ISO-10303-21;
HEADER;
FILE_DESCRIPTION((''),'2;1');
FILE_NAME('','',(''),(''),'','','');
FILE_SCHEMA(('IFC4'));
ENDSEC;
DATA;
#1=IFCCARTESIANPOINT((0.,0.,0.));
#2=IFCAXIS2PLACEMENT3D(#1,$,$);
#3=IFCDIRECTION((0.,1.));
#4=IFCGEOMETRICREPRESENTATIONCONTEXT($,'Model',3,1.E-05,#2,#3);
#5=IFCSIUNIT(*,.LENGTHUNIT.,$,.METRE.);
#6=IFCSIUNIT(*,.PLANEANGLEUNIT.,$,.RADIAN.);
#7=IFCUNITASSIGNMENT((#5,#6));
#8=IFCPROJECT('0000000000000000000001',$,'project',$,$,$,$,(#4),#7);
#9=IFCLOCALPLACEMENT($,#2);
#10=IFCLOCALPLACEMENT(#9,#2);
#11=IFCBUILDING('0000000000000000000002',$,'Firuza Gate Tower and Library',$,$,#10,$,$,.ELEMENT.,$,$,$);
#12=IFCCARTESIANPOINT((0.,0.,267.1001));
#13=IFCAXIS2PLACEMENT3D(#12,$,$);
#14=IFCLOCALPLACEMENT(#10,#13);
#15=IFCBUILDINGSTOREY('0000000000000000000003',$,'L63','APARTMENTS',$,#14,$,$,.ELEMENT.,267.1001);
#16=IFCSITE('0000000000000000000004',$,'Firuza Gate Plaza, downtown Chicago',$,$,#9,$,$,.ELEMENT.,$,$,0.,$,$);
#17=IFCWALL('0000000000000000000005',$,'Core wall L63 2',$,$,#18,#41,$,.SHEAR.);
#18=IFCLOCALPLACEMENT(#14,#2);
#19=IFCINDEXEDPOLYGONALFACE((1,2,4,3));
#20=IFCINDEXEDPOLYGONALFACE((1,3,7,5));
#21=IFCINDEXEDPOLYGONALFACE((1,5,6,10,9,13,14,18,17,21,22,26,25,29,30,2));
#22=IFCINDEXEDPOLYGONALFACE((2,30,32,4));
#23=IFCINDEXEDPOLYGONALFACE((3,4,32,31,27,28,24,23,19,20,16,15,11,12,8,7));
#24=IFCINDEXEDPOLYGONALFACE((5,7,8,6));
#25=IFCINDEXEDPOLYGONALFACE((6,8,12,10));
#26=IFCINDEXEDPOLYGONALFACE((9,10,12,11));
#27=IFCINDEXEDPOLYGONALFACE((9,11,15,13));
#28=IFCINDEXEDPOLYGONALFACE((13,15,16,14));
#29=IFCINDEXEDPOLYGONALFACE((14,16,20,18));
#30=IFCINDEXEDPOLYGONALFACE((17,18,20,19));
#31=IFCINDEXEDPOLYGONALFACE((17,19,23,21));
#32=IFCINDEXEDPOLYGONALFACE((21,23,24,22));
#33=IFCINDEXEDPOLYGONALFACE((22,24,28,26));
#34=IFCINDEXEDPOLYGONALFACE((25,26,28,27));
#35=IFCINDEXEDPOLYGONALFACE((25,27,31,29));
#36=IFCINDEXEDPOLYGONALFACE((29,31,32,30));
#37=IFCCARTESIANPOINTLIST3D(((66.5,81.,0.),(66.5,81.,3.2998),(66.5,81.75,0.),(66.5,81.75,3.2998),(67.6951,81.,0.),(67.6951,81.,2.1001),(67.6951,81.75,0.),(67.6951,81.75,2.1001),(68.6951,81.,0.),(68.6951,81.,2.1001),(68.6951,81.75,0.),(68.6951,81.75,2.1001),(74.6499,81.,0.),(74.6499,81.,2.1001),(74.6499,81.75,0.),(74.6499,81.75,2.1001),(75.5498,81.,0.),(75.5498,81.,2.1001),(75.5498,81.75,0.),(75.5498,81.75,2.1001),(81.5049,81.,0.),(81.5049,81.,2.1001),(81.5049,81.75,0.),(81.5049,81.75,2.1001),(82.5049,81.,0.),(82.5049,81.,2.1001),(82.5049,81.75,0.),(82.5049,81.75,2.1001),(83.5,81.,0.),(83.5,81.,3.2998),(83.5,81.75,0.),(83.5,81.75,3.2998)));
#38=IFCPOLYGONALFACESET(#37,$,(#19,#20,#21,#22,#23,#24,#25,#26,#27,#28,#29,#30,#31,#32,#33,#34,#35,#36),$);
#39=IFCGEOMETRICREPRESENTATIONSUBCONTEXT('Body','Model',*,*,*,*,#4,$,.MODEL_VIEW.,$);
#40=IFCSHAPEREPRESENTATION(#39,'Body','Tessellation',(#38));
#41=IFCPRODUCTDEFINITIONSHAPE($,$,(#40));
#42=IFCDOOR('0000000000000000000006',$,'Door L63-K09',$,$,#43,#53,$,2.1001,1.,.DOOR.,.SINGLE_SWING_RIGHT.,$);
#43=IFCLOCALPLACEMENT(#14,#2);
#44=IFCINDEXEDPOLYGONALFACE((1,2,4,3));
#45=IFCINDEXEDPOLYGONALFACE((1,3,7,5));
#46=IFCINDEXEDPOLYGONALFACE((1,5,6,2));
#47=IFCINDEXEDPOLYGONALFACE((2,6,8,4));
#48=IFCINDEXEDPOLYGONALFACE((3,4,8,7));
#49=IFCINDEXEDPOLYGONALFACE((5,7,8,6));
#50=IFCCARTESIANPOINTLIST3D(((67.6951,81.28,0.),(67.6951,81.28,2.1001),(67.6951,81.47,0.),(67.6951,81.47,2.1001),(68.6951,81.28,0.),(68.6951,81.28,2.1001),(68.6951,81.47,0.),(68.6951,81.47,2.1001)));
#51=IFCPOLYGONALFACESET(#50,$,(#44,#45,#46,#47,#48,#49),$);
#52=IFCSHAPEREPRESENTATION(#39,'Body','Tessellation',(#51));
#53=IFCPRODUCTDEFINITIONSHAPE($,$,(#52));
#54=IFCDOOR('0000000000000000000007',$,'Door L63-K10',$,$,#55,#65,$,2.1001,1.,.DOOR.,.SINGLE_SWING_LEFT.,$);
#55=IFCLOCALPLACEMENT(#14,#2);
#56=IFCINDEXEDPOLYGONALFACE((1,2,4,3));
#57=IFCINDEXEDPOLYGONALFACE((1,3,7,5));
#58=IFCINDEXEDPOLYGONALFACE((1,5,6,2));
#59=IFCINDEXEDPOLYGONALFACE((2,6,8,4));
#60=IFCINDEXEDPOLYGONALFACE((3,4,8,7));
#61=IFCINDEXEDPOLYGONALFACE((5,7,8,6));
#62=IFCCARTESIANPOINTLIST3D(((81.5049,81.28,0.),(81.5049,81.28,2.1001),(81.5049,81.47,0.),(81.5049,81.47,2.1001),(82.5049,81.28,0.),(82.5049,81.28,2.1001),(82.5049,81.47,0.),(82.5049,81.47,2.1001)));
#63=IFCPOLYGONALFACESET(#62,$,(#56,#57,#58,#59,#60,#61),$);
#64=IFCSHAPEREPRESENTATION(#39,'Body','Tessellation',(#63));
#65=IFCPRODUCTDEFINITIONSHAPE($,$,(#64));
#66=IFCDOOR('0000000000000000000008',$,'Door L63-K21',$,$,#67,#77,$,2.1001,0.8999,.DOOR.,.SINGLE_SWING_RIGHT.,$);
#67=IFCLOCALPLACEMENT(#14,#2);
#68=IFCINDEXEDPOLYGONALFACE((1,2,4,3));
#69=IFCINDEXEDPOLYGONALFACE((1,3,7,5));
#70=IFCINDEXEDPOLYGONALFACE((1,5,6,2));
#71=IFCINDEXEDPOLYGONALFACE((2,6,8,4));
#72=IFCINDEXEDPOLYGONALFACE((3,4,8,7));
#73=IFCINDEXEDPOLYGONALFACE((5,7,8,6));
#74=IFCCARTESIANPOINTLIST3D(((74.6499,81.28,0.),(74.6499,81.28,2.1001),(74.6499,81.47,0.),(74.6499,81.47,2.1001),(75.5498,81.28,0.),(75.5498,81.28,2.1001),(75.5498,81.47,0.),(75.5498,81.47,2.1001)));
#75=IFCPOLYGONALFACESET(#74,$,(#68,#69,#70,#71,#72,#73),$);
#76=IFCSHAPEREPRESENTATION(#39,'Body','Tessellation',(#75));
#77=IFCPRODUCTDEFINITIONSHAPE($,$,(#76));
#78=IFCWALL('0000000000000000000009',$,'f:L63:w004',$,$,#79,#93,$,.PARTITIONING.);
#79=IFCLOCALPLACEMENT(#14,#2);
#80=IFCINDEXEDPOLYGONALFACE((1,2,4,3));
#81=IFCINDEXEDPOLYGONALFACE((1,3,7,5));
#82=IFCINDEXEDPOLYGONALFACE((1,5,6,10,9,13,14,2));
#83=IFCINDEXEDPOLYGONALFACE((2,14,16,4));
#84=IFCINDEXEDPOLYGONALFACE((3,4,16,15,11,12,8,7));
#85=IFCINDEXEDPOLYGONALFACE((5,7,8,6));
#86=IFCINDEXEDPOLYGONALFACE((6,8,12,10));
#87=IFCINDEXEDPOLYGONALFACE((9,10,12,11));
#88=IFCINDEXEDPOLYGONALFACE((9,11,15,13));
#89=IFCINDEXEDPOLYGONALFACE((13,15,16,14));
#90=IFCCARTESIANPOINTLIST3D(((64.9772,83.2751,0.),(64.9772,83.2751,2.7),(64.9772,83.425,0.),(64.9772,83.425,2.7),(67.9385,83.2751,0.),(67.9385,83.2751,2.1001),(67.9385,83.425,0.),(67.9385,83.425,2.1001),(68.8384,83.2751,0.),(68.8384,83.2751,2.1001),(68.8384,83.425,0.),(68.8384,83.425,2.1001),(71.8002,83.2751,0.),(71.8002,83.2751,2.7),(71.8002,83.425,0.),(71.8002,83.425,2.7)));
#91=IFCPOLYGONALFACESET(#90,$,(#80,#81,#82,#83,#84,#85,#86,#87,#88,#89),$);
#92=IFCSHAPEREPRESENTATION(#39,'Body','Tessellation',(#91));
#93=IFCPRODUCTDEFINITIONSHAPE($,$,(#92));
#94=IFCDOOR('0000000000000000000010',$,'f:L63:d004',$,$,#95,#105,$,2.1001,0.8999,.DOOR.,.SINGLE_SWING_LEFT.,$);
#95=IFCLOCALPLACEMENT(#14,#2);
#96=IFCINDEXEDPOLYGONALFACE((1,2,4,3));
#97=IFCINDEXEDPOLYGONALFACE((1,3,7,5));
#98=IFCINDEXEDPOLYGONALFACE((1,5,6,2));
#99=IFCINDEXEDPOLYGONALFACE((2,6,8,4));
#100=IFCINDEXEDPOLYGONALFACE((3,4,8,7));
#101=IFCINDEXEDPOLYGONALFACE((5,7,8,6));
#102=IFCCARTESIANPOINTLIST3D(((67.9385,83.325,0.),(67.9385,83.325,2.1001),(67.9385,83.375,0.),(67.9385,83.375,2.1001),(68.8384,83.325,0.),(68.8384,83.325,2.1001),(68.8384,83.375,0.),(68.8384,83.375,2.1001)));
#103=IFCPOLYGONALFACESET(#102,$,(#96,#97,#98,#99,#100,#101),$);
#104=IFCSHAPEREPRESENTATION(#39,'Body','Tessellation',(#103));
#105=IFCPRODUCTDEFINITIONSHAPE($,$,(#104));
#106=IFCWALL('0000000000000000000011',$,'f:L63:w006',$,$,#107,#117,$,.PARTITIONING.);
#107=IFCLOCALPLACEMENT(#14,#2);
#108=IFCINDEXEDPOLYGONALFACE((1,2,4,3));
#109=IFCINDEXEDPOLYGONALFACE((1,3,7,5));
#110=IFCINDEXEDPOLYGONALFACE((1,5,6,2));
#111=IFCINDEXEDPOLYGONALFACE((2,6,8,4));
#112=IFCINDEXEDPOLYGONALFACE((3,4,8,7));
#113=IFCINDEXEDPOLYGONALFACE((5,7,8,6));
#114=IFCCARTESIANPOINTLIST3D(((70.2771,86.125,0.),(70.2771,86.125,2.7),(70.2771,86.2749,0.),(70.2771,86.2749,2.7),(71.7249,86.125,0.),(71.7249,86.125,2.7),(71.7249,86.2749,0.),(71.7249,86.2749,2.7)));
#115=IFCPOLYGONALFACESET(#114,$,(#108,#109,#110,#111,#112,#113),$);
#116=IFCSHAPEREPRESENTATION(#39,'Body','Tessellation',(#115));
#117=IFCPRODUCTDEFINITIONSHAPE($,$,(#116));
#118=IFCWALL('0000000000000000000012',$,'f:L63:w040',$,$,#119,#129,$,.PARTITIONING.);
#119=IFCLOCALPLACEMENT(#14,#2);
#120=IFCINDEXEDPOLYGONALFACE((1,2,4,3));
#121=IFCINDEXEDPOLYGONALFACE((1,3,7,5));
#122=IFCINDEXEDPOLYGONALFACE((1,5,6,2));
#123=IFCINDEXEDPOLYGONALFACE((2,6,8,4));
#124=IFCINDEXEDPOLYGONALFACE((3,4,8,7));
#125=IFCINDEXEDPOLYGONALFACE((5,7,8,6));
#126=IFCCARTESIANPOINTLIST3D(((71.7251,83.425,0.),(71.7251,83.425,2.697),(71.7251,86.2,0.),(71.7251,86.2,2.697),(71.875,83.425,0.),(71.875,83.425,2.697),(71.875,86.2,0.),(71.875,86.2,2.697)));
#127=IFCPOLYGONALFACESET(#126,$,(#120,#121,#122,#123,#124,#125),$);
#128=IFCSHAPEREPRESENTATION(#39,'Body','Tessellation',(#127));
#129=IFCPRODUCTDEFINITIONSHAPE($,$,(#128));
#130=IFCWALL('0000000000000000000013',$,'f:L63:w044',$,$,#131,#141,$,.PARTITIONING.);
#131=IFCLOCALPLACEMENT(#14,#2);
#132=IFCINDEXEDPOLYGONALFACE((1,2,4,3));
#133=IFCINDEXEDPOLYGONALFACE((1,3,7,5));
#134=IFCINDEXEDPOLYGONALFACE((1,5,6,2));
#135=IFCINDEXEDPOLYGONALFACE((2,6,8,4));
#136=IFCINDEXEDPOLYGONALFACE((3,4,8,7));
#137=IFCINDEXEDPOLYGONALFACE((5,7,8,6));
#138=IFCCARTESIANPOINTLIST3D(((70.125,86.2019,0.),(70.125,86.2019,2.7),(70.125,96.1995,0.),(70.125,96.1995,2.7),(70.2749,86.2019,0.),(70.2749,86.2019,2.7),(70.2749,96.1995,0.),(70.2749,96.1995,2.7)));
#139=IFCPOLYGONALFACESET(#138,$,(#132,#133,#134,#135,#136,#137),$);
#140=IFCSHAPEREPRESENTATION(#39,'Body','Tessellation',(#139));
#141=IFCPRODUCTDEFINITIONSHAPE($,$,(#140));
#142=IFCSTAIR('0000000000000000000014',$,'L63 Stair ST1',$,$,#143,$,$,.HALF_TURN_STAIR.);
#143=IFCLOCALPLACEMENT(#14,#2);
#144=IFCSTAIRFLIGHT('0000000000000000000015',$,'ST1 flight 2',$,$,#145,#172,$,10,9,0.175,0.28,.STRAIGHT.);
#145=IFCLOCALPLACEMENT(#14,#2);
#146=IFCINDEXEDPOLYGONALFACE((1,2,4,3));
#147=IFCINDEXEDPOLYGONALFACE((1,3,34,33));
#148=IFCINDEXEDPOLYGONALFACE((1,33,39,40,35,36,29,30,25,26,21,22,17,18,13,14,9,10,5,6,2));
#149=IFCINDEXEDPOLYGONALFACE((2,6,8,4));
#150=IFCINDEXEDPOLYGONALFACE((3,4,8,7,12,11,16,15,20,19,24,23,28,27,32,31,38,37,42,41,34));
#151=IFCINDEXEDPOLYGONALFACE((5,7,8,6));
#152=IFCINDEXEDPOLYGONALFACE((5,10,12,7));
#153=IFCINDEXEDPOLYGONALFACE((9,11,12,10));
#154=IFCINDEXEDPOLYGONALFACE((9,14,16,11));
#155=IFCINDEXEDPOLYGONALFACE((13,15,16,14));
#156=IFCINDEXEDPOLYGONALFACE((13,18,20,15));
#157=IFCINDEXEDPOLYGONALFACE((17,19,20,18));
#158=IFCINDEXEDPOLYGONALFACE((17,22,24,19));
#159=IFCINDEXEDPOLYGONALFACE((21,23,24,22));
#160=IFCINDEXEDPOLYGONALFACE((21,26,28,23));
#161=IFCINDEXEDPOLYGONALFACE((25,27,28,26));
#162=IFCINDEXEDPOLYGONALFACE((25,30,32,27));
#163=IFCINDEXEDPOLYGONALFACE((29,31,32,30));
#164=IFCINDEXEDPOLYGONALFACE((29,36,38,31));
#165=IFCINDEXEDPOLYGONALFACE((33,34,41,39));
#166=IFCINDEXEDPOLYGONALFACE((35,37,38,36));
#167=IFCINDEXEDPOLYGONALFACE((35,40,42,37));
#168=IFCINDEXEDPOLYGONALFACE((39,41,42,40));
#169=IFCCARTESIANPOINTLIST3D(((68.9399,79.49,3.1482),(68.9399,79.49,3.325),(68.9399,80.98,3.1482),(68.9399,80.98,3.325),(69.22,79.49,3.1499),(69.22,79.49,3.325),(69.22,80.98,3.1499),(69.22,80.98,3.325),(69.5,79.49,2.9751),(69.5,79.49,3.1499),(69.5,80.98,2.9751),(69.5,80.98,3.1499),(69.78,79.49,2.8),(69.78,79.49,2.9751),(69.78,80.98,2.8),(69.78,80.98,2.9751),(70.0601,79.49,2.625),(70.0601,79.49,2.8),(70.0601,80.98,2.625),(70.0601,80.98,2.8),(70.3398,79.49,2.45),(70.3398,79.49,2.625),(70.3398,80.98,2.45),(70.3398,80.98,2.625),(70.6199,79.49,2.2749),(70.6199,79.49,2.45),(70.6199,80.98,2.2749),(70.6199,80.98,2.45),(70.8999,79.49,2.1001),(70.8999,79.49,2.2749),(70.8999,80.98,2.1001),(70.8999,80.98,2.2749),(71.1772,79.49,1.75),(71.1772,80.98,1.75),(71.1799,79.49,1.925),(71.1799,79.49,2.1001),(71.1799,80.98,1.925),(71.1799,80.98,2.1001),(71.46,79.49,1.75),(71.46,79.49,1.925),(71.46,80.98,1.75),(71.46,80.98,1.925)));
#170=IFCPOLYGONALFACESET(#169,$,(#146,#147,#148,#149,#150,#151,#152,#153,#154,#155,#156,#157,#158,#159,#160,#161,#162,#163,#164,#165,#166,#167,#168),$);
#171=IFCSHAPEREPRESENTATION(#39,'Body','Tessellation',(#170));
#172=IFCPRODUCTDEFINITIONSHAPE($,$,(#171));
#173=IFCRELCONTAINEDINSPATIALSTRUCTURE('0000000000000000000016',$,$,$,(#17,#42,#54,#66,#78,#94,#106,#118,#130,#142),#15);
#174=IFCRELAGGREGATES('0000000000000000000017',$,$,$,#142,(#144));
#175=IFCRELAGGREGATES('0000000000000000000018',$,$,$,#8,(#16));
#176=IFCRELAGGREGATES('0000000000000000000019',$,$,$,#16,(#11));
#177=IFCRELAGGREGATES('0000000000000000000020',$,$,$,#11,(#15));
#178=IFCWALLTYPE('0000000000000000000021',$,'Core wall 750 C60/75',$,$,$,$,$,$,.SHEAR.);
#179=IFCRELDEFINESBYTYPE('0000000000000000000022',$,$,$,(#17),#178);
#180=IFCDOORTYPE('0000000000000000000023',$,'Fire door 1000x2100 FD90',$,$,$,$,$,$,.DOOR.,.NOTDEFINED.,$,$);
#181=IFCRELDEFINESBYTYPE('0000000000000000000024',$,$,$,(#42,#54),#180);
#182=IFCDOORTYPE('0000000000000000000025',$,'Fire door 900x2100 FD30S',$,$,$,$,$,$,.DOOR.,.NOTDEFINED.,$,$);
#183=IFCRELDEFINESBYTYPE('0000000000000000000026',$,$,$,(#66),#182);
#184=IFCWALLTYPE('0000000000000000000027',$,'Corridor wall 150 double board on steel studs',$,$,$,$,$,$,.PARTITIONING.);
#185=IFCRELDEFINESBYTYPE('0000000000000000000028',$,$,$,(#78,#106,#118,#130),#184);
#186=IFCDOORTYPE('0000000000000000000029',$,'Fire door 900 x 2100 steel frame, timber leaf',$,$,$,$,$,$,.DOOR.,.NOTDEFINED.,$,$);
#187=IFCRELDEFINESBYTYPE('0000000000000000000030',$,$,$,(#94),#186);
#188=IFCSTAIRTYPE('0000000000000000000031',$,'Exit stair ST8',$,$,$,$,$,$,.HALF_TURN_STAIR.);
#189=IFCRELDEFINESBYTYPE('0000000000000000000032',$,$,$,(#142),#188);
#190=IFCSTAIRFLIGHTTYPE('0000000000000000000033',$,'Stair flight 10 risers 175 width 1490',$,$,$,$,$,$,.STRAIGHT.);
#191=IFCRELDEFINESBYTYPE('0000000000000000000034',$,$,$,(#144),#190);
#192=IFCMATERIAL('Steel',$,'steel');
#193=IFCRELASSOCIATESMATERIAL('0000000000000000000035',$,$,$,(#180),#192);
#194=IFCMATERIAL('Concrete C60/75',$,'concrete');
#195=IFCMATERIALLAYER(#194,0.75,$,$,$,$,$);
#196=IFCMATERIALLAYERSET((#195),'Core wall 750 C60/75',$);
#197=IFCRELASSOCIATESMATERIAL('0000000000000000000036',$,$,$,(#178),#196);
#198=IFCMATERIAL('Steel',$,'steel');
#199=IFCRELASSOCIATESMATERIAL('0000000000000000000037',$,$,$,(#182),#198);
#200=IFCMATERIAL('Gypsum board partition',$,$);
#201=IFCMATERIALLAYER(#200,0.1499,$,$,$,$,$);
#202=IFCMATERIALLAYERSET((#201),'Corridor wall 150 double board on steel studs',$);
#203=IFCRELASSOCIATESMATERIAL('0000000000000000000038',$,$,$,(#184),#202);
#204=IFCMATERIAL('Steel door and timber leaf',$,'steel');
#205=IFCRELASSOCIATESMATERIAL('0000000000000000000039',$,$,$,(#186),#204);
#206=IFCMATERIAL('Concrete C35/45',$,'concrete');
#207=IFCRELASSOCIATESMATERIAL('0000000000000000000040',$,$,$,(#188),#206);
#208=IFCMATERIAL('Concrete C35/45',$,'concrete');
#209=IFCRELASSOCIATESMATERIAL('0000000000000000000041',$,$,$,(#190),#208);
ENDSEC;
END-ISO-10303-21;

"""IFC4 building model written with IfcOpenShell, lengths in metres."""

from ifc_helpers import new_model, si_unit, direction, frame, frame_2d, origin, place, context, subcontext, project, spatial, polyline, rectangle, outline, extrude, material, layer, layer_set, type_object, element, fill, aggregate, save


model = new_model("IFC4")

# Units and contexts
model_context = context("Model", 3, precision=1e-05, world=origin(), true_north=direction((0.0, 1.0)))
body_context = subcontext(model_context, "Body", "Model", "MODEL_VIEW")
ifc_project = project(units=[si_unit("LENGTHUNIT", "METRE"), si_unit("PLANEANGLEUNIT", "RADIAN")], contexts=[model_context])

# Site, building, storey
site_placement = place(None, origin())
site = spatial("IfcSite", under=ifc_project, at=site_placement, Name="Firuza Gate Plaza, downtown Chicago", CompositionType="ELEMENT", RefElevation=0.0)
building_placement = place(site_placement, origin())
building = spatial("IfcBuilding", under=site, at=building_placement, Name="Firuza Gate Tower and Library", CompositionType="ELEMENT")
storey_placement = place(building_placement, frame((0.0, 0.0, 267.1001)))
storey = spatial("IfcBuildingStorey", under=building, at=storey_placement, Name="L63", Description="APARTMENTS", CompositionType="ELEMENT", Elevation=267.1001)

# Shared definitions
placement = place(storey_placement, origin())

# Shared definitions
ifc_material_1 = material(Name="Steel", Category="steel")
door_type_1 = type_object("IfcDoorType", Name="Fire door 1000x2100 FD90", OperationType="NOTDEFINED", PredefinedType="DOOR", material=ifc_material_1)

# Wall, openings, doors
ifc_material_2 = material(Name="Concrete C60/75", Category="concrete")
ifc_layer_1 = layer(ifc_material_2, 0.75)
ifc_layer_set_1 = layer_set([ifc_layer_1], Name="Core wall 750 C60/75")
wall_type_1 = type_object("IfcWallType", Name="Core wall 750 C60/75", PredefinedType="SHEAR", material=ifc_layer_set_1)
wall_1_placement = place(storey_placement, frame((66.5, 81.375, 0.0), z_axis=(0.0, 0.0, 1.0), x_axis=(1.0, 0.0, 0.0)))
wall_1 = element("IfcWall", 1, at=wall_1_placement, inside=storey, type_object=wall_type_1, Name="Core wall L63 2", PredefinedType="SHEAR", context=body_context, shape_type="SweptSolid", body=[
    extrude(rectangle(XDim=17.0, YDim=0.75, at=frame_2d((8.5, 0.0))), origin(), (0.0, 0.0, 1.0), 3.2998),
])
opening_1_placement = place(wall_1_placement, frame((1.1951, 0.0, 0.0)))
opening_1 = element("IfcOpeningElement", 2, at=opening_1_placement, cuts=wall_1, PredefinedType="OPENING", context=body_context, shape_type="SweptSolid", body=[
    extrude(rectangle(XDim=1.0, YDim=2.1001, at=frame_2d((0.5, 1.05))), frame((0.0, 0.385, 0.0), z_axis=(0.0, -1.0, 0.0), x_axis=(1.0, 0.0, 0.0)), (0.0, 0.0, 1.0), 0.77),
])
opening_2_placement = place(wall_1_placement, frame((15.0049, 0.0, 0.0)))
opening_2 = element("IfcOpeningElement", 3, at=opening_2_placement, cuts=wall_1, PredefinedType="OPENING", context=body_context, shape_type="SweptSolid", body=[
    extrude(rectangle(XDim=1.0, YDim=2.1001, at=frame_2d((0.5, 1.05))), frame((0.0, 0.385, 0.0), z_axis=(0.0, -1.0, 0.0), x_axis=(1.0, 0.0, 0.0)), (0.0, 0.0, 1.0), 0.77),
])
opening_3_placement = place(wall_1_placement, frame((8.1499, 0.0, 0.0)))
opening_3 = element("IfcOpeningElement", 4, at=opening_3_placement, cuts=wall_1, PredefinedType="OPENING", context=body_context, shape_type="SweptSolid", body=[
    extrude(rectangle(XDim=0.8999, YDim=2.1001, at=frame_2d((0.45, 1.05))), frame((0.0, 0.385, 0.0), z_axis=(0.0, -1.0, 0.0), x_axis=(1.0, 0.0, 0.0)), (0.0, 0.0, 1.0), 0.77),
])
door_1_placement = place(opening_1_placement, origin())
door_1 = element("IfcDoor", 5, at=door_1_placement, inside=storey, type_object=door_type_1, Name="Door L63-K09", OperationType="SINGLE_SWING_RIGHT", OverallHeight=2.1001, OverallWidth=1.0, PredefinedType="DOOR", context=body_context, shape_type="SweptSolid", body=[
    extrude(rectangle(XDim=1.0, YDim=2.1001, at=frame_2d((0.5, 1.05))), frame((0.0, 0.095, 0.0), z_axis=(0.0, -1.0, 0.0), x_axis=(1.0, 0.0, 0.0)), (0.0, 0.0, 1.0), 0.1899),
])
fill(opening_1, door_1)
door_2_placement = place(opening_2_placement, origin())
door_2 = element("IfcDoor", 6, at=door_2_placement, inside=storey, type_object=door_type_1, Name="Door L63-K10", OperationType="SINGLE_SWING_LEFT", OverallHeight=2.1001, OverallWidth=1.0, PredefinedType="DOOR", context=body_context, shape_type="SweptSolid", body=[
    extrude(rectangle(XDim=1.0, YDim=2.1001, at=frame_2d((0.5, 1.05))), frame((0.0, 0.095, 0.0), z_axis=(0.0, -1.0, 0.0), x_axis=(1.0, 0.0, 0.0)), (0.0, 0.0, 1.0), 0.1899),
])
fill(opening_2, door_2)
ifc_material_3 = material(Name="Steel", Category="steel")
door_type_2 = type_object("IfcDoorType", Name="Fire door 900x2100 FD30S", OperationType="NOTDEFINED", PredefinedType="DOOR", material=ifc_material_3)
door_3_placement = place(opening_3_placement, origin())
door_3 = element("IfcDoor", 7, at=door_3_placement, inside=storey, type_object=door_type_2, Name="Door L63-K21", OperationType="SINGLE_SWING_RIGHT", OverallHeight=2.1001, OverallWidth=0.8999, PredefinedType="DOOR", context=body_context, shape_type="SweptSolid", body=[
    extrude(rectangle(XDim=0.8999, YDim=2.1001, at=frame_2d((0.45, 1.05))), frame((0.0, 0.095, 0.0), z_axis=(0.0, -1.0, 0.0), x_axis=(1.0, 0.0, 0.0)), (0.0, 0.0, 1.0), 0.1899),
])
fill(opening_3, door_3)

# Wall, opening, door
ifc_material_4 = material(Name="Gypsum board partition")
ifc_layer_2 = layer(ifc_material_4, 0.1499)
ifc_layer_set_2 = layer_set([ifc_layer_2], Name="Corridor wall 150 double board on steel studs")
wall_type_2 = type_object("IfcWallType", Name="Corridor wall 150 double board on steel studs", PredefinedType="PARTITIONING", material=ifc_layer_set_2)
wall_2_placement = place(storey_placement, frame((64.9771, 83.3501, 0.0), z_axis=(0.0, 0.0, 1.0), x_axis=(1.0, 0.0, 0.0)))
wall_2 = element("IfcWall", 8, at=wall_2_placement, inside=storey, type_object=wall_type_2, Name="f:L63:w004", PredefinedType="PARTITIONING", context=body_context, shape_type="SweptSolid", body=[
    extrude(rectangle(XDim=6.823, YDim=0.1499, at=frame_2d((3.4116, 0.0))), origin(), (0.0, 0.0, 1.0), 2.7),
])
opening_4_placement = place(wall_2_placement, frame((2.9614, 0.0, 0.0)))
opening_4 = element("IfcOpeningElement", 9, at=opening_4_placement, cuts=wall_2, PredefinedType="OPENING", context=body_context, shape_type="SweptSolid", body=[
    extrude(rectangle(XDim=0.8999, YDim=2.1001, at=frame_2d((0.45, 1.05))), frame((0.0, 0.085, 0.0), z_axis=(0.0, -1.0, 0.0), x_axis=(1.0, 0.0, 0.0)), (0.0, 0.0, 1.0), 0.1699),
])
ifc_material_5 = material(Name="Steel door and timber leaf", Category="steel")
door_type_3 = type_object("IfcDoorType", Name="Fire door 900 x 2100 steel frame, timber leaf", OperationType="NOTDEFINED", PredefinedType="DOOR", material=ifc_material_5)
door_4_placement = place(opening_4_placement, origin())
door_4 = element("IfcDoor", 10, at=door_4_placement, inside=storey, type_object=door_type_3, Name="f:L63:d004", OperationType="SINGLE_SWING_LEFT", OverallHeight=2.1001, OverallWidth=0.8999, PredefinedType="DOOR", context=body_context, shape_type="SweptSolid", body=[
    extrude(rectangle(XDim=0.8999, YDim=2.1001, at=frame_2d((0.45, 1.05))), frame((0.0, 0.0249, 0.0), z_axis=(0.0, -1.0, 0.0), x_axis=(1.0, 0.0, 0.0)), (0.0, 0.0, 1.0), 0.05),
])
fill(opening_4, door_4)

# Walls
wall_3_placement = place(storey_placement, frame((70.2771, 86.2, 0.0), z_axis=(0.0, 0.0, 1.0), x_axis=(1.0, 0.0, 0.0)))
element("IfcWall", 11, at=wall_3_placement, inside=storey, type_object=wall_type_2, Name="f:L63:w006", PredefinedType="PARTITIONING", context=body_context, shape_type="SweptSolid", body=[
    extrude(rectangle(XDim=1.4478, YDim=0.1499, at=frame_2d((0.7239, 0.0))), origin(), (0.0, 0.0, 1.0), 2.7),
])
wall_4_placement = place(storey_placement, frame((71.8, 83.425, 0.0), z_axis=(0.0, 0.0, 1.0), x_axis=(0.0, 1.0, 0.0)))
element("IfcWall", 12, at=wall_4_placement, inside=storey, type_object=wall_type_2, Name="f:L63:w040", PredefinedType="PARTITIONING", context=body_context, shape_type="SweptSolid", body=[
    extrude(rectangle(XDim=2.7749, YDim=0.1499, at=frame_2d((1.3875, 0.0))), origin(), (0.0, 0.0, 1.0), 2.697),
])
wall_5_placement = place(storey_placement, frame((70.2, 86.2019, 0.0), z_axis=(0.0, 0.0, 1.0), x_axis=(0.0, 1.0, 0.0)))
element("IfcWall", 13, at=wall_5_placement, inside=storey, type_object=wall_type_2, Name="f:L63:w044", PredefinedType="PARTITIONING", context=body_context, shape_type="SweptSolid", body=[
    extrude(rectangle(XDim=9.9976, YDim=0.1499, at=frame_2d((4.9988, 0.0))), origin(), (0.0, 0.0, 1.0), 2.7),
])

# Stair, stair flight
ifc_material_6 = material(Name="Concrete C35/45", Category="concrete")
stair_type = type_object("IfcStairType", Name="Exit stair ST8", PredefinedType="HALF_TURN_STAIR", material=ifc_material_6)
stair = element("IfcStair", 14, at=placement, inside=storey, type_object=stair_type, Name="L63 Stair ST1", PredefinedType="HALF_TURN_STAIR")
ifc_material_7 = material(Name="Concrete C35/45", Category="concrete")
stair_flight_type = type_object("IfcStairFlightType", Name="Stair flight 10 risers 175 width 1490", PredefinedType="STRAIGHT", material=ifc_material_7)
stair_flight_placement = place(storey_placement, frame((71.46, 80.2351, 1.75), z_axis=(0.0, 0.0, 1.0), x_axis=(-1.0, 0.0, 0.0)))
stair_flight = element("IfcStairFlight", 15, at=stair_flight_placement, type_object=stair_flight_type, Name="ST1 flight 2", NumberOfRisers=10, NumberOfTreads=9, PredefinedType="STRAIGHT", RiserHeight=0.175, TreadLength=0.28, context=body_context, shape_type="SweptSolid", body=[
    extrude(outline(polyline([(0.0, 0.0), (0.0, 0.175), (0.28, 0.175), (0.28, 0.3501), (0.5601, 0.3501), (0.5601, 0.5249), (0.8401, 0.5249), (0.8401, 0.7), (1.1201, 0.7), (1.1201, 0.875), (1.3999, 0.875), (1.3999, 1.05), (1.6799, 1.05), (1.6799, 1.2251), (1.96, 1.2251), (1.96, 1.3999), (2.24, 1.3999), (2.24, 1.575), (2.52, 1.575), (2.52, 1.75), (2.52, 1.3982), (0.2827, 0.0), (0.0, 0.0)])), frame((0.0, 0.7451, 0.0), z_axis=(0.0, -1.0, 0.0), x_axis=(1.0, 0.0, 0.0)), (0.0, 0.0, 1.0), 1.49),
])
aggregate(stair, [stair_flight])

save(model, "model.ifc")
